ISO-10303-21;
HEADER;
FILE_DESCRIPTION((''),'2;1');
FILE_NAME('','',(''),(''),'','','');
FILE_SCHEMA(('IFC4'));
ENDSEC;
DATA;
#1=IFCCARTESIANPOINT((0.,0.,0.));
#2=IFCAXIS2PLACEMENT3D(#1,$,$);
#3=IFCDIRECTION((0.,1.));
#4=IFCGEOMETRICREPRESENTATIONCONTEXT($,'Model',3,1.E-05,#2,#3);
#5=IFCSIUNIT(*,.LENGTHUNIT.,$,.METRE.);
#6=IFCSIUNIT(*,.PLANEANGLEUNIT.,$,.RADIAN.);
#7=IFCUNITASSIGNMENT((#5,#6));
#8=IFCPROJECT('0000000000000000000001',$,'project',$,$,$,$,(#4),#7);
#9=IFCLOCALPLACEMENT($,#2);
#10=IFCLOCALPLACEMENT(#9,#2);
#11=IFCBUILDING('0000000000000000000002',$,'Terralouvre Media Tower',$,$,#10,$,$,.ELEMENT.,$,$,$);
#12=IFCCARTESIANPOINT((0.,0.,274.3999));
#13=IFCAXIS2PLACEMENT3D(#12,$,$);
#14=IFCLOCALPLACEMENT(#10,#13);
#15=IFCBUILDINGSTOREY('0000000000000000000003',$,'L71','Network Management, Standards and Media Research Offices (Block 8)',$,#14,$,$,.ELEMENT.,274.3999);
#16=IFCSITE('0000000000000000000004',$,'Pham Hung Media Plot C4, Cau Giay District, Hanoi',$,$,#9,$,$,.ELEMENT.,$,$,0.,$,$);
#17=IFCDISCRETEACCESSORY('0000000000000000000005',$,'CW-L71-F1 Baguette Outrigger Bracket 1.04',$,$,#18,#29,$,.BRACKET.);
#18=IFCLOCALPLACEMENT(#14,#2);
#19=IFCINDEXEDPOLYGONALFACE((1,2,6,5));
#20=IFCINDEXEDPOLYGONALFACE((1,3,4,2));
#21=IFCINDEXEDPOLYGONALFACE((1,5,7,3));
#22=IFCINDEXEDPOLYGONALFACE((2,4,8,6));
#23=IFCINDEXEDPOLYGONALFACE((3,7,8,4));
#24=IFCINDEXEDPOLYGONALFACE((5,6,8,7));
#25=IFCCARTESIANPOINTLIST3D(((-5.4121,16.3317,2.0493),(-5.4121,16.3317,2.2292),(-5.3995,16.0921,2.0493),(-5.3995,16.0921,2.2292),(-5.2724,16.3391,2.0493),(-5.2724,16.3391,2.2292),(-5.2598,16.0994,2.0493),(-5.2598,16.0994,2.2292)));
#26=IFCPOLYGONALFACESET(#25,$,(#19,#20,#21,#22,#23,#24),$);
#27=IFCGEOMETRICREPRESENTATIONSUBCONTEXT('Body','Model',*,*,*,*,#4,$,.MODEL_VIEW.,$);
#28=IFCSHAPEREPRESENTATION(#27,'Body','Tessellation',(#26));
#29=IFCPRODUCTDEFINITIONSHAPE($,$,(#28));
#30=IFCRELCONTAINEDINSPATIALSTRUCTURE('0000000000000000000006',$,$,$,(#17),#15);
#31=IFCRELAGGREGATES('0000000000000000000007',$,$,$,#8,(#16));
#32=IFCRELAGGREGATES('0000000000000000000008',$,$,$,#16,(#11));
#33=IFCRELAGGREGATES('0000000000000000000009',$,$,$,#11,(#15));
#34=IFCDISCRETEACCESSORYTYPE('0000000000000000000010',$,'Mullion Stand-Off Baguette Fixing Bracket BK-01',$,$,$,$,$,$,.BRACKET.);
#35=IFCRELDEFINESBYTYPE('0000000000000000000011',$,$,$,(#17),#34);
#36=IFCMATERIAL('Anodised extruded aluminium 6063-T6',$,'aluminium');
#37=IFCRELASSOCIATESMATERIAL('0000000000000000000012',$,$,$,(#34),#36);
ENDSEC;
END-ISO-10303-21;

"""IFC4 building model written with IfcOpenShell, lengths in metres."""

from ifc_helpers import new_model, si_unit, direction, frame, origin, origin_2d, place, context, subcontext, project, spatial, rectangle, extrude, material, type_object, element, save


model = new_model("IFC4")

# Units and contexts
model_context = context("Model", 3, precision=1e-05, world=origin(), true_north=direction((0.0, 1.0)))
body_context = subcontext(model_context, "Body", "Model", "MODEL_VIEW")
ifc_project = project(units=[si_unit("LENGTHUNIT", "METRE"), si_unit("PLANEANGLEUNIT", "RADIAN")], contexts=[model_context])

# Site, building, storey
site_placement = place(None, origin())
site = spatial("IfcSite", under=ifc_project, at=site_placement, Name="Pham Hung Media Plot C4, Cau Giay District, Hanoi", CompositionType="ELEMENT", RefElevation=0.0)
building_placement = place(site_placement, origin())
building = spatial("IfcBuilding", under=site, at=building_placement, Name="Terralouvre Media Tower", CompositionType="ELEMENT")
storey_placement = place(building_placement, frame((0.0, 0.0, 274.3999)))
storey = spatial("IfcBuildingStorey", under=building, at=storey_placement, Name="L71", Description="Network Management, Standards and Media Research Offices (Block 8)", CompositionType="ELEMENT", Elevation=274.3999)

# Discrete accessory
ifc_material_1 = material(Name="Anodised extruded aluminium 6063-T6", Category="aluminium")
discrete_accessory_type = type_object("IfcDiscreteAccessoryType", Name="Mullion Stand-Off Baguette Fixing Bracket BK-01", PredefinedType="BRACKET", material=ifc_material_1)
discrete_accessory_placement = place(storey_placement, frame((-5.3359, 16.2156, 2.0493), z_axis=(0.0, 0.0, 1.0), x_axis=(-0.99863, -0.052336, 0.0)))
element("IfcDiscreteAccessory", 1, at=discrete_accessory_placement, inside=storey, type_object=discrete_accessory_type, Name="CW-L71-F1 Baguette Outrigger Bracket 1.04", PredefinedType="BRACKET", context=body_context, shape_type="SweptSolid", body=[
    extrude(rectangle(XDim=0.1399, YDim=0.24, at=origin_2d()), origin(), (0.0, 0.0, 1.0), 0.1799),
])

save(model, "model.ifc")
